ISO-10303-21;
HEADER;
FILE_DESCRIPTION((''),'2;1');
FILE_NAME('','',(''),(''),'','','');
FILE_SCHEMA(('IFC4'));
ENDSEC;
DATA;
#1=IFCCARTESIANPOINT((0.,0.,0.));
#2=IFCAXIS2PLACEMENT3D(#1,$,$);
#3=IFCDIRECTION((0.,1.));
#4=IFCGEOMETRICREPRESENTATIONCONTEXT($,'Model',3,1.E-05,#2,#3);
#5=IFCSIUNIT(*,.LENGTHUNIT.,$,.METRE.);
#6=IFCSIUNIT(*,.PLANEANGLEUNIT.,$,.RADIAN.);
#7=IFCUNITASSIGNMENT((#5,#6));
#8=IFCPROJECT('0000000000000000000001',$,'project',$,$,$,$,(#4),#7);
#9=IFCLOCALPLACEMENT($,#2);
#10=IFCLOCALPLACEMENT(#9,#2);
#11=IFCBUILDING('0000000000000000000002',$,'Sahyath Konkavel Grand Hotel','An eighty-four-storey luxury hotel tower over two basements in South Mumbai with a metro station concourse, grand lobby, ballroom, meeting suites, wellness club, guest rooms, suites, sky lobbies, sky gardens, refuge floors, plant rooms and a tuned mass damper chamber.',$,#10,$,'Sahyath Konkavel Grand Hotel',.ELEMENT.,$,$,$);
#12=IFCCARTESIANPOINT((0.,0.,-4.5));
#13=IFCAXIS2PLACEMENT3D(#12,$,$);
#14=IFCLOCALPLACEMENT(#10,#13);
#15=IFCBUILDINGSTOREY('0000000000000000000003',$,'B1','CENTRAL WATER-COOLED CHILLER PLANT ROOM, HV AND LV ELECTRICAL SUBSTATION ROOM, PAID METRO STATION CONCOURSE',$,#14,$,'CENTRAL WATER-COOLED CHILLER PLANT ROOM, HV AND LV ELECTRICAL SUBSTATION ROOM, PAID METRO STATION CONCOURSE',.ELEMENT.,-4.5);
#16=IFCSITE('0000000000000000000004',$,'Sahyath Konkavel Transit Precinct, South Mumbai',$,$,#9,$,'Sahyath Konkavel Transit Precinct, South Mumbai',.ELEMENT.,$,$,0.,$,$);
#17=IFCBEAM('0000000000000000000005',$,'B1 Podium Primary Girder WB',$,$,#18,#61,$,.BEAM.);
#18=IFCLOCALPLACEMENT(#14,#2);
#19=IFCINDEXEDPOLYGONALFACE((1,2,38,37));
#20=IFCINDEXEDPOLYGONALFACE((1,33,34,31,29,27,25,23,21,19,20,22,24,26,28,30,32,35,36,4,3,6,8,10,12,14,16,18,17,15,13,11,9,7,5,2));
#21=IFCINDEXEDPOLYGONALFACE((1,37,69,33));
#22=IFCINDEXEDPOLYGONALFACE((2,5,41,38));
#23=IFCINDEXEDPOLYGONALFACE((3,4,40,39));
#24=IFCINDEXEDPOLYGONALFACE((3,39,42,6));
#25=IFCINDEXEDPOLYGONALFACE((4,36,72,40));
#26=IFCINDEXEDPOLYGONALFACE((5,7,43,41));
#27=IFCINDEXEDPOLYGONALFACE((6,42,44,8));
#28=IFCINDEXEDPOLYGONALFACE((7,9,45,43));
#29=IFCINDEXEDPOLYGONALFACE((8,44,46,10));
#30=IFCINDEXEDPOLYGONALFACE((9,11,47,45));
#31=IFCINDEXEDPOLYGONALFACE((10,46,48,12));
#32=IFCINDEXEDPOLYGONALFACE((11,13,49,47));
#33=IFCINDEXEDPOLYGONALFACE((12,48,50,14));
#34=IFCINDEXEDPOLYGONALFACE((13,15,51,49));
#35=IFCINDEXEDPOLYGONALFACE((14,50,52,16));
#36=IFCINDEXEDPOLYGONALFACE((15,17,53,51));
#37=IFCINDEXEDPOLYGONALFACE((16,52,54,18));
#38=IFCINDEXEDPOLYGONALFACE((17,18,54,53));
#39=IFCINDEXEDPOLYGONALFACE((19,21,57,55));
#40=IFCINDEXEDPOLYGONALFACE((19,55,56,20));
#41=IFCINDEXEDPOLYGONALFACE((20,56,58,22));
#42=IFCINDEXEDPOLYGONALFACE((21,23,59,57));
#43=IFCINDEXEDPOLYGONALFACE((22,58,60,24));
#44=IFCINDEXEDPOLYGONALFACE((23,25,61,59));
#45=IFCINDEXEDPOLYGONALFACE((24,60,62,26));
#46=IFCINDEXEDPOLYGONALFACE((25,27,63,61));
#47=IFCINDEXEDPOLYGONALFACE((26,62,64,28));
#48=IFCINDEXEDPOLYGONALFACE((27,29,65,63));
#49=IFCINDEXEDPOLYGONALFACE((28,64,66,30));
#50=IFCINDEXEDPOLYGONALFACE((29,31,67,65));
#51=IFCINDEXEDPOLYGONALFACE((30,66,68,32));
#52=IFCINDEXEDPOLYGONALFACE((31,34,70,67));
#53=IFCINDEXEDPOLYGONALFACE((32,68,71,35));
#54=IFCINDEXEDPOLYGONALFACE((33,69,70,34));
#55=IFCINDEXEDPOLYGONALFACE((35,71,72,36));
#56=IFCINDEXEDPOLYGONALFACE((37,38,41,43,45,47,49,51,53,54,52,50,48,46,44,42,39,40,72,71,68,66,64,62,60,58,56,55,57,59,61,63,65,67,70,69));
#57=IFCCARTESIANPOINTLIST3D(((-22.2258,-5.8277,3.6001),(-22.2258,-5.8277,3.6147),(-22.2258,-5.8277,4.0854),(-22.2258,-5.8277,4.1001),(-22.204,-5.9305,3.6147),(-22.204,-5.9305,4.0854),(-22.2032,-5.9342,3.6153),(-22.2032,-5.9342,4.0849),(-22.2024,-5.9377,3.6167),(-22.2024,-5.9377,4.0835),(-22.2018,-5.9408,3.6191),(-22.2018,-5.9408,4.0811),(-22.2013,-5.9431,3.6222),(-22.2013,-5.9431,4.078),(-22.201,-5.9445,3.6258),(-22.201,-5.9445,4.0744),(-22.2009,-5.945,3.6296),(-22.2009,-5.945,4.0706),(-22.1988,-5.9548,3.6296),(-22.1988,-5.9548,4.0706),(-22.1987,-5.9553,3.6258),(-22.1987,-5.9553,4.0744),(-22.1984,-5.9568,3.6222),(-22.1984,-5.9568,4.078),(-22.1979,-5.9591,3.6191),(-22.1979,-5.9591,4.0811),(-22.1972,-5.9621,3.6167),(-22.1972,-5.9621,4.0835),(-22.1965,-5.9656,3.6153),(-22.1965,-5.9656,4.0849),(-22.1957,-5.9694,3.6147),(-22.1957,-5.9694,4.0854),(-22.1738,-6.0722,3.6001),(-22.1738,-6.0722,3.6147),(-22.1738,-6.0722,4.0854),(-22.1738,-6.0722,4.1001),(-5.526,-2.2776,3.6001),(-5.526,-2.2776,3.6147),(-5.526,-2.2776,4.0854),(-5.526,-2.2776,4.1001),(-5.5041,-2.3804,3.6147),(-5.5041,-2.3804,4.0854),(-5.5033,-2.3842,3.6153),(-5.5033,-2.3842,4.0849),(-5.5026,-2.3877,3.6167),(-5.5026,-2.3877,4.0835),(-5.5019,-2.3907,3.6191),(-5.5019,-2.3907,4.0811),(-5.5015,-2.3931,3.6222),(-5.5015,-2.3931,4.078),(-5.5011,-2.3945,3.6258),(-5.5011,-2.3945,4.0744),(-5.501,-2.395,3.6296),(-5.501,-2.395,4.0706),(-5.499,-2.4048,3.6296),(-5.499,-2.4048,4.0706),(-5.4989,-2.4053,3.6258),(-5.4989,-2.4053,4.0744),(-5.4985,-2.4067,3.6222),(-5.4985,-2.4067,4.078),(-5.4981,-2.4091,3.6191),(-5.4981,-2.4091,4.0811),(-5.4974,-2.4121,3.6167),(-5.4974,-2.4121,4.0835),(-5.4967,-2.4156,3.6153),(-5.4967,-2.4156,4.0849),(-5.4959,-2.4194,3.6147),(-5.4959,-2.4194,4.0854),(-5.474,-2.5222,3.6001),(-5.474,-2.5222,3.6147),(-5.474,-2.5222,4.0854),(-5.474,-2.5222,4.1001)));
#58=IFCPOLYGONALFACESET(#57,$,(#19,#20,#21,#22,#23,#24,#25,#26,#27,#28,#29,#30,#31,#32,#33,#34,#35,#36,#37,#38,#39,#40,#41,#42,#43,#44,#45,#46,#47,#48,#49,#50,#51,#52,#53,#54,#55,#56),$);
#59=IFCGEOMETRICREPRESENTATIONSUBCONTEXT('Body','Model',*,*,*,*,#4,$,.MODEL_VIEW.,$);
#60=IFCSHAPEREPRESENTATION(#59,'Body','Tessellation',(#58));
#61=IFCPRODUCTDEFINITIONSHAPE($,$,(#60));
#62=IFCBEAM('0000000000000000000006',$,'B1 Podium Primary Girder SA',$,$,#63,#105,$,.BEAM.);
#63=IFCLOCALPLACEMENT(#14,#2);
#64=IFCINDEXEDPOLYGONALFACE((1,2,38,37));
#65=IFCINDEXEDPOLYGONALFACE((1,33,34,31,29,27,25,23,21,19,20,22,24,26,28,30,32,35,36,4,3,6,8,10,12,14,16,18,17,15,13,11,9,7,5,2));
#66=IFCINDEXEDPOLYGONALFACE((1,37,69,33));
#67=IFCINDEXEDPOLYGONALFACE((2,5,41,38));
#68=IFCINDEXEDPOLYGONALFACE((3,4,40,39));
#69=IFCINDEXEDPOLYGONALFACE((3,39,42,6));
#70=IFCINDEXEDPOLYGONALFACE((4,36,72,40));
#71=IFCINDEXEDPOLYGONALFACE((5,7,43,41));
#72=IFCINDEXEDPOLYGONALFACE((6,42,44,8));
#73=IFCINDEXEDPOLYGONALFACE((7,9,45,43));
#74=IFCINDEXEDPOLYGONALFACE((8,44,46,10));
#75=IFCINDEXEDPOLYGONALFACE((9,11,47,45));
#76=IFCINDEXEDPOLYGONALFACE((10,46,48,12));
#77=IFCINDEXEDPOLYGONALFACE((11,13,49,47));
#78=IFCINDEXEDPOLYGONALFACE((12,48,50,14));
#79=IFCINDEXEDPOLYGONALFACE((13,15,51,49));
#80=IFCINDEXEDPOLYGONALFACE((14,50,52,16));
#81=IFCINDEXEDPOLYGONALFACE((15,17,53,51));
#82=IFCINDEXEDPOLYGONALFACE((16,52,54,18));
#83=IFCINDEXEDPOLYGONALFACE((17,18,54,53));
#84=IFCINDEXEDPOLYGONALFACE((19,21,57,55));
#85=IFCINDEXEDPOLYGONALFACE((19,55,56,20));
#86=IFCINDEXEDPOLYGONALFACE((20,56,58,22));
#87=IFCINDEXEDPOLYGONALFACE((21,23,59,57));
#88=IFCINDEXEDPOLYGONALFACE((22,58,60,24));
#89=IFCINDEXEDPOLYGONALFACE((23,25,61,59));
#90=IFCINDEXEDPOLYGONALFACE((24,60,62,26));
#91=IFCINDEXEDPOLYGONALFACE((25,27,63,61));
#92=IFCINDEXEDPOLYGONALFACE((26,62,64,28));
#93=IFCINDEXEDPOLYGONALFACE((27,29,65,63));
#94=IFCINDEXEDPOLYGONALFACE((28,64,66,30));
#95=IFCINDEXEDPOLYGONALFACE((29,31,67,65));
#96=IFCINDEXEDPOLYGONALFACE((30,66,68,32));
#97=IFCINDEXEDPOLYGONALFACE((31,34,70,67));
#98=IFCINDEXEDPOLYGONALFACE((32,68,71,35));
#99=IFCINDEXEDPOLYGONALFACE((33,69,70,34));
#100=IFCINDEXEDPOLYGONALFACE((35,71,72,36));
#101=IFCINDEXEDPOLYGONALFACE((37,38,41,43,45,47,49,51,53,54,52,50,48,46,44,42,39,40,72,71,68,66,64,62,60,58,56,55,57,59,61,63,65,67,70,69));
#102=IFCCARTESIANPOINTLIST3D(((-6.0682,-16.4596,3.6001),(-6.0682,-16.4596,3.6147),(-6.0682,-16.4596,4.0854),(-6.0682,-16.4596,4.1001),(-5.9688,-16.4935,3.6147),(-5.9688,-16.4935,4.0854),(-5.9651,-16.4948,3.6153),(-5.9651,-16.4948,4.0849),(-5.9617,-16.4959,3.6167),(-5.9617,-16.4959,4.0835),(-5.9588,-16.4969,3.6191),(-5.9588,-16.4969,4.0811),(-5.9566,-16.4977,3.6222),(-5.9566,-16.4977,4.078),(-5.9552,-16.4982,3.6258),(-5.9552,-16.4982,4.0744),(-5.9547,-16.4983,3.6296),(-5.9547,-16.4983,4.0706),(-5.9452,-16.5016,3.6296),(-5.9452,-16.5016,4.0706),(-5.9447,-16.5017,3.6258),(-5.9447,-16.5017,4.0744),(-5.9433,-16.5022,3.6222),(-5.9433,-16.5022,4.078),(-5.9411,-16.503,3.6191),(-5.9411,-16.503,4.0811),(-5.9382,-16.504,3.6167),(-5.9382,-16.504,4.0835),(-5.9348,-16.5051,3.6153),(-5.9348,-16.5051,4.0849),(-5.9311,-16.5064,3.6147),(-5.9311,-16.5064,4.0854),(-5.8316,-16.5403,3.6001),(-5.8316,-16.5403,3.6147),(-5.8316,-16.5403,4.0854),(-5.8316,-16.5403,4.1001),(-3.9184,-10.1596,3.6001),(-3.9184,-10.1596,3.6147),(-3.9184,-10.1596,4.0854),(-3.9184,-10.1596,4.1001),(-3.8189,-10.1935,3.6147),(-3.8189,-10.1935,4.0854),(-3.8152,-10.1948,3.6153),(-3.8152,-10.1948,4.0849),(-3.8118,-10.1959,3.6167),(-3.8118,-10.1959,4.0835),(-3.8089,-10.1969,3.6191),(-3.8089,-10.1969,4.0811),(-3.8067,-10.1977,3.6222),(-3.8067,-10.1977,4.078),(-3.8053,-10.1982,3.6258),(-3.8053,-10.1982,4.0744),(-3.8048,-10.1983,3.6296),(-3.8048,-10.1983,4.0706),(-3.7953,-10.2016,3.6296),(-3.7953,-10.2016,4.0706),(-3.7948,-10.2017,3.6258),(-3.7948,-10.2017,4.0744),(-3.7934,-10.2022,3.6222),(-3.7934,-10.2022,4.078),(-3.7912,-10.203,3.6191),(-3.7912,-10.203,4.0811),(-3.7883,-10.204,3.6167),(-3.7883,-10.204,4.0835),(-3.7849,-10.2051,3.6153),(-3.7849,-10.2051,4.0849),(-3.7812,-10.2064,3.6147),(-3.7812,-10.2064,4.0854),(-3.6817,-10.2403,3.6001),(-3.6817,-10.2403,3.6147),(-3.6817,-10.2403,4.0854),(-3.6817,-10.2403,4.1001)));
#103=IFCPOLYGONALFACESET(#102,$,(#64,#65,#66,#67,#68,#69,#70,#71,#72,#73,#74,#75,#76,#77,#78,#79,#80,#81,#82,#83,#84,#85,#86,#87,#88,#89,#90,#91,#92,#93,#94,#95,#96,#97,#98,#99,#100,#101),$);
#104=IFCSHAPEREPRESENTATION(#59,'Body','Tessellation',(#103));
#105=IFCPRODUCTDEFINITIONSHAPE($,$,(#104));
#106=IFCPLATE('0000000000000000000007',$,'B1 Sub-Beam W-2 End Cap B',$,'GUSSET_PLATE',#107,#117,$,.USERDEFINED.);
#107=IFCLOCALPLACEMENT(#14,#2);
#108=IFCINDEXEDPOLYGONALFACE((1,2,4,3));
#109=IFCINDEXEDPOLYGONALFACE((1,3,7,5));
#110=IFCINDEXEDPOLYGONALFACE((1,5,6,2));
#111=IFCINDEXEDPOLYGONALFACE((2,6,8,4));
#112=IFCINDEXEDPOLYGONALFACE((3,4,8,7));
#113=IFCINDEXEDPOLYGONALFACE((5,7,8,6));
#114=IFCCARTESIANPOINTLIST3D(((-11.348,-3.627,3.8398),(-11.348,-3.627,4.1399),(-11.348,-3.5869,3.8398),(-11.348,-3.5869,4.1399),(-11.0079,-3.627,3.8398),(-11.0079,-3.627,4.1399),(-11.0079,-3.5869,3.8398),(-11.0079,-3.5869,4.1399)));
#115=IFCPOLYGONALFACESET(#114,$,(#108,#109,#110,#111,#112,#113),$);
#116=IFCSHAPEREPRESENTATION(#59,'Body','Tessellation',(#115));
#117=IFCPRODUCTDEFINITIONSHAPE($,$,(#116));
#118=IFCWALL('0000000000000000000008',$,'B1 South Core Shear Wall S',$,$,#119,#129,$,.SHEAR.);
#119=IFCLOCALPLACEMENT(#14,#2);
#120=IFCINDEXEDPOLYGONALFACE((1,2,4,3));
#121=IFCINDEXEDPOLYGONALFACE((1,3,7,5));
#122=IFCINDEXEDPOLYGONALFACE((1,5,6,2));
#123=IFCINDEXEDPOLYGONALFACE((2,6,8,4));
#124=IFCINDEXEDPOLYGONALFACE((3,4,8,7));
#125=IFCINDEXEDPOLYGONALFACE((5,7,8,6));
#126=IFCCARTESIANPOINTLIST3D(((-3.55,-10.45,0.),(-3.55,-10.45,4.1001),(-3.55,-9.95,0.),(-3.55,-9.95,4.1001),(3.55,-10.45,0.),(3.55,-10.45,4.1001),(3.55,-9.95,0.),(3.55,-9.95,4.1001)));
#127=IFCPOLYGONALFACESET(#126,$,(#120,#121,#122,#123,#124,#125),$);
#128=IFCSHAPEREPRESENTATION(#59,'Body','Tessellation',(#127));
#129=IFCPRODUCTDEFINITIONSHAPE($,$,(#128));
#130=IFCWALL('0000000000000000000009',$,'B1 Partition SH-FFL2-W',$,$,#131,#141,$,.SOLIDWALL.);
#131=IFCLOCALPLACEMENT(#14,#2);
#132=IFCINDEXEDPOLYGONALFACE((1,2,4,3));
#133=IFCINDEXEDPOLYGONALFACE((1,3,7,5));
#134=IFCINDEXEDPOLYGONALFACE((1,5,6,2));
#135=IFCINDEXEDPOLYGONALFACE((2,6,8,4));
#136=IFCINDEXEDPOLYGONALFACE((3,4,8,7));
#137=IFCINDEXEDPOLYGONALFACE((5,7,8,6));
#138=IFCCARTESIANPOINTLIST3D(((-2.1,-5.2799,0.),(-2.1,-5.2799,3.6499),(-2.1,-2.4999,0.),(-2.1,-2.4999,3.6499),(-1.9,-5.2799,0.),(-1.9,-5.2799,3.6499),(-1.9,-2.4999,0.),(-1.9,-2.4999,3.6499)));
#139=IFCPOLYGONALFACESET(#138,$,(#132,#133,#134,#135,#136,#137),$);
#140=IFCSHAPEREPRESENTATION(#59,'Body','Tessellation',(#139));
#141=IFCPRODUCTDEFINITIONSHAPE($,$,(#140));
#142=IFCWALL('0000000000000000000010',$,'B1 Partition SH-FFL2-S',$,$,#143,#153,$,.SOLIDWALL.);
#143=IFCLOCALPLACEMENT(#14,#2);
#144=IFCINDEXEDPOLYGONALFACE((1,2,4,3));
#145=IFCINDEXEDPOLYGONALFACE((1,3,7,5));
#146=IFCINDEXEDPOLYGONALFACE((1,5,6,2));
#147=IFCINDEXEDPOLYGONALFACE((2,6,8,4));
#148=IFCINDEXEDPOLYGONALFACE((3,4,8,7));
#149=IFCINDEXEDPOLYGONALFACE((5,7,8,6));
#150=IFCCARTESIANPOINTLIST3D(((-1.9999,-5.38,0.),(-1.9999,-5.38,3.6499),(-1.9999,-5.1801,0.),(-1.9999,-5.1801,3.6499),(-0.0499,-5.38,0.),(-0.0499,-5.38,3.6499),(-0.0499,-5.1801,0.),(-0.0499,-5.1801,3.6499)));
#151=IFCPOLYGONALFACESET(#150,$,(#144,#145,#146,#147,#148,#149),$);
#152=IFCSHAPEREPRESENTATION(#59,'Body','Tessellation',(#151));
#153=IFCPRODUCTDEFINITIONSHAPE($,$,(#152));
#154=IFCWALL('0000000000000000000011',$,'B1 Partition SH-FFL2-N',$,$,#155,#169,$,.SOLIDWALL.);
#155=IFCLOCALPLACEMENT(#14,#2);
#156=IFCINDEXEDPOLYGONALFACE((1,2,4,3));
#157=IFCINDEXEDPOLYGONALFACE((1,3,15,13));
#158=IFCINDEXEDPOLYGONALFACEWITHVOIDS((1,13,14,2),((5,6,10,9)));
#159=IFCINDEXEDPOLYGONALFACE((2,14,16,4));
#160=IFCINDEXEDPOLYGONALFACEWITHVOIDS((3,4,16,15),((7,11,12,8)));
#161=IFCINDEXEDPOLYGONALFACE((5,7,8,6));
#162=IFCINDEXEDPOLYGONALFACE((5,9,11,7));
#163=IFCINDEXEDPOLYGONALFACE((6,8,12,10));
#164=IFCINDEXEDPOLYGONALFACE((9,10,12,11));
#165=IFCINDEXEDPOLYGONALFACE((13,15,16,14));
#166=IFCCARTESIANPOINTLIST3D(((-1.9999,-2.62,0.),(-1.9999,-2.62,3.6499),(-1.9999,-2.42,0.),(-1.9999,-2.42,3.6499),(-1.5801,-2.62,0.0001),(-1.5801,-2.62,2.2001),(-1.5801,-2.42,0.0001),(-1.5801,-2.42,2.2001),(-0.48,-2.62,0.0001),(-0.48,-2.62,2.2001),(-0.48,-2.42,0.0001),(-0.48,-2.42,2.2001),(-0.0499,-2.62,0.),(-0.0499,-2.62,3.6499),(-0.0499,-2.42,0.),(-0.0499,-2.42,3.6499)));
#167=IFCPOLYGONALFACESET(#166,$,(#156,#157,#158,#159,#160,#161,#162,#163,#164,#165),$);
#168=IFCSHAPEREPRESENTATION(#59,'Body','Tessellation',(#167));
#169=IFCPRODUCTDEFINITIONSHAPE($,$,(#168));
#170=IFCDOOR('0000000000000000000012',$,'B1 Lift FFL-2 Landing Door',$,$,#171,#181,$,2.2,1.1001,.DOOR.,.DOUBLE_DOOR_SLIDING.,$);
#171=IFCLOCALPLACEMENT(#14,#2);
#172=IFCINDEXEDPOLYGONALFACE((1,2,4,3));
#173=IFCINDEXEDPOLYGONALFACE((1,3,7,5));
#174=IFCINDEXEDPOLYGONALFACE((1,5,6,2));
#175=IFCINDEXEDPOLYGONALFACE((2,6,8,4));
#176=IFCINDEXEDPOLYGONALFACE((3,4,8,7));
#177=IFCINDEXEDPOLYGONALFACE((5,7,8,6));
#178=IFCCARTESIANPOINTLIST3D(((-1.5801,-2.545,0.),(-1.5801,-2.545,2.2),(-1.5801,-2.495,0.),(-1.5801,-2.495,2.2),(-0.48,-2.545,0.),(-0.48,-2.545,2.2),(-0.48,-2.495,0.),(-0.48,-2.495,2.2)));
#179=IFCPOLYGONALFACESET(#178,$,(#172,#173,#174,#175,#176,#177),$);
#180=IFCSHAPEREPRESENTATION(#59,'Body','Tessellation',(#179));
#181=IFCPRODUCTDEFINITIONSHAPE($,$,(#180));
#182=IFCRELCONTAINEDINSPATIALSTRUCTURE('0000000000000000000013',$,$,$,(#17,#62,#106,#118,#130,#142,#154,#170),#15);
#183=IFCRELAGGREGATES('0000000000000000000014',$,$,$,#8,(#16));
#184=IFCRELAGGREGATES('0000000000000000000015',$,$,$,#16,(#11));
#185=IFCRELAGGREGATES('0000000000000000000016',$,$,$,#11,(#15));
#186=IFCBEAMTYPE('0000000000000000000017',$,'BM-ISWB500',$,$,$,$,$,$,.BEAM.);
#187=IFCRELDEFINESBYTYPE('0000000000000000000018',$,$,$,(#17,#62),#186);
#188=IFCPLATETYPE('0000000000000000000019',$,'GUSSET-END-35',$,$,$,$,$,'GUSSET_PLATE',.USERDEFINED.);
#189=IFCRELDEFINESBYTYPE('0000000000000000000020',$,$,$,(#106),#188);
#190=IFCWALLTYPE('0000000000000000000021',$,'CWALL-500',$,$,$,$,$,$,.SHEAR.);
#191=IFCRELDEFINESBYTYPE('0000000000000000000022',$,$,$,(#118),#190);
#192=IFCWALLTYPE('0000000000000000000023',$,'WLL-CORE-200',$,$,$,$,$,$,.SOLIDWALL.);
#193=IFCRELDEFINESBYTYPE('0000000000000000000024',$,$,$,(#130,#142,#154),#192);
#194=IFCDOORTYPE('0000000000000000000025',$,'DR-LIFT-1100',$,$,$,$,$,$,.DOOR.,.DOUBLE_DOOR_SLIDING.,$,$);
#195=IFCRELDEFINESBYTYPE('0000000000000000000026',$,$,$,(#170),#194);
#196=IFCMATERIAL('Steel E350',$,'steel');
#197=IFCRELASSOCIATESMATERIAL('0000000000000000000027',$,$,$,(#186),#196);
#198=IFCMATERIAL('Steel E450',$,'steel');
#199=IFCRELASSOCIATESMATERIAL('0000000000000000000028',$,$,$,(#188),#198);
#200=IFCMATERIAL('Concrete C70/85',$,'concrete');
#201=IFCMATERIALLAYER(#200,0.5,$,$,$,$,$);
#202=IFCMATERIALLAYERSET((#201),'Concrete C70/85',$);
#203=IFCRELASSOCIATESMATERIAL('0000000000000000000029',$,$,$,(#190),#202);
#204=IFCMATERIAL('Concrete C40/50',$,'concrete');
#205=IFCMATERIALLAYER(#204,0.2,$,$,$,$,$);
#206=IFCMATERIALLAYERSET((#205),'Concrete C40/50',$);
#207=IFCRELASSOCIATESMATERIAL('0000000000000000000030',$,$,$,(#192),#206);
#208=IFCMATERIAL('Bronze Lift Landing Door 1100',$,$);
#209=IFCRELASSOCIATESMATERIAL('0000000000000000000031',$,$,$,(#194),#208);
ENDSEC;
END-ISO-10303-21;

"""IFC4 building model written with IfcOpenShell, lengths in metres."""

from ifc_helpers import new_model, si_unit, direction, frame, frame_2d, origin, origin_2d, place, context, subcontext, project, spatial, rectangle, i_section, extrude, source, transform, mapped, material, layer, layer_set, material_profile, profile_set, type_object, element, fill, save


model = new_model("IFC4")

# Units and contexts
model_context = context("Model", 3, precision=1e-05, world=origin(), true_north=direction((0.0, 1.0)))
body_context = subcontext(model_context, "Body", "Model", "MODEL_VIEW")
ifc_project = project(units=[si_unit("LENGTHUNIT", "METRE"), si_unit("PLANEANGLEUNIT", "RADIAN")], contexts=[model_context])

# Site, building, storey
site_placement = place(None, origin())
site = spatial("IfcSite", under=ifc_project, at=site_placement, Name="Sahyath Konkavel Transit Precinct, South Mumbai", LongName="Sahyath Konkavel Transit Precinct, South Mumbai", CompositionType="ELEMENT", RefElevation=0.0)
building_placement = place(site_placement, origin())
building = spatial("IfcBuilding", under=site, at=building_placement, Name="Sahyath Konkavel Grand Hotel", Description="An eighty-four-storey luxury hotel tower over two basements in South Mumbai with a metro station concourse, grand lobby, ballroom, meeting suites, wellness club, guest rooms, suites, sky lobbies, sky gardens, refuge floors, plant rooms and a tuned mass damper chamber.", LongName="Sahyath Konkavel Grand Hotel", CompositionType="ELEMENT")
storey_placement = place(building_placement, frame((0.0, 0.0, -4.5)))
storey = spatial("IfcBuildingStorey", under=building, at=storey_placement, Name="B1", Description="CENTRAL WATER-COOLED CHILLER PLANT ROOM, HV AND LV ELECTRICAL SUBSTATION ROOM, PAID METRO STATION CONCOURSE", LongName="CENTRAL WATER-COOLED CHILLER PLANT ROOM, HV AND LV ELECTRICAL SUBSTATION ROOM, PAID METRO STATION CONCOURSE", CompositionType="ELEMENT", Elevation=-4.5)

# Shared definitions
ifc_material_1 = material(Name="Concrete C70/85", Category="concrete")

# Beams
ifc_material_2 = material(Name="Steel E350", Category="steel")
ifc_material_profile_1 = material_profile(ifc_material_2, i_section(OverallWidth=0.25, OverallDepth=0.5, WebThickness=0.01, FlangeThickness=0.0146, FilletRadius=0.0149, at=origin_2d()), Name="ISWB 500")
ifc_profile_set_1 = profile_set([ifc_material_profile_1], Name="Steel E350")
beam_type_1 = type_object("IfcBeamType", Name="BM-ISWB500", PredefinedType="BEAM", material=ifc_profile_set_1)
shared_shape_1 = source(origin(), body_context, "Body", "SweptSolid", [
    extrude(i_section(OverallWidth=0.25, OverallDepth=0.5, WebThickness=0.01, FlangeThickness=0.0146, FilletRadius=0.0149, at=origin_2d()), origin(), (0.0, 0.0, 1.0), 17.073),
])
beam_1_placement = place(storey_placement, frame((-5.5, -2.3999, 3.8501), z_axis=(-0.978143, -0.207932, 0.0), x_axis=(0.207932, -0.978143, 0.0)))
element("IfcBeam", 1, at=beam_1_placement, inside=storey, type_object=beam_type_1, Name="B1 Podium Primary Girder WB", PredefinedType="BEAM", context=body_context, shape_type="MappedRepresentation", body=[
    mapped(shared_shape_1, transform((0.0, 0.0, 0.0), scale=1.0)),
])
shared_shape_2 = source(origin(), body_context, "Body", "SweptSolid", [
    extrude(i_section(OverallWidth=0.25, OverallDepth=0.5, WebThickness=0.01, FlangeThickness=0.0146, FilletRadius=0.0149, at=origin_2d()), origin(), (0.0, 0.0, 1.0), 6.6567),
])
beam_2_placement = place(storey_placement, frame((-3.8, -10.2, 3.8501), z_axis=(-0.322964, -0.946411, 0.0), x_axis=(0.946411, -0.322964, 0.0)))
element("IfcBeam", 2, at=beam_2_placement, inside=storey, type_object=beam_type_1, Name="B1 Podium Primary Girder SA", PredefinedType="BEAM", context=body_context, shape_type="MappedRepresentation", body=[
    mapped(shared_shape_2, transform((0.0, 0.0, 0.0), scale=1.0)),
])

# Plate
ifc_material_3 = material(Name="Steel E450", Category="steel")
plate_type = type_object("IfcPlateType", Name="GUSSET-END-35", ElementType="GUSSET_PLATE", PredefinedType="USERDEFINED", material=ifc_material_3)
shared_shape_3 = source(origin(), body_context, "Body", "SweptSolid", [
    extrude(rectangle(XDim=0.04, YDim=0.3401, at=origin_2d()), origin(), (0.0, 0.0, 1.0), 0.3),
])
plate_placement = place(storey_placement, frame((-11.178, -3.6069, 3.8398), z_axis=(0.0, 0.0, 1.0), x_axis=(0.0, -1.0, 0.0)))
element("IfcPlate", 3, at=plate_placement, inside=storey, type_object=plate_type, Name="B1 Sub-Beam W-2 End Cap B", ObjectType="GUSSET_PLATE", PredefinedType="USERDEFINED", context=body_context, shape_type="MappedRepresentation", body=[
    mapped(shared_shape_3, transform((0.0, 0.0, 0.0), scale=1.0)),
])

# Walls
ifc_layer_1 = layer(ifc_material_1, 0.5)
ifc_layer_set_1 = layer_set([ifc_layer_1], Name="Concrete C70/85")
wall_type_1 = type_object("IfcWallType", Name="CWALL-500", PredefinedType="SHEAR", material=ifc_layer_set_1)
wall_1_placement = place(storey_placement, frame((-3.55, -10.2, 0.0), z_axis=(0.0, 0.0, 1.0), x_axis=(1.0, 0.0, 0.0)))
element("IfcWall", 4, at=wall_1_placement, inside=storey, type_object=wall_type_1, Name="B1 South Core Shear Wall S", PredefinedType="SHEAR", context=body_context, shape_type="SweptSolid", body=[
    extrude(rectangle(XDim=7.1001, YDim=0.5, at=frame_2d((3.55, 0.0))), origin(), (0.0, 0.0, 1.0), 4.1001),
])
ifc_material_4 = material(Name="Concrete C40/50", Category="concrete")
ifc_layer_2 = layer(ifc_material_4, 0.2)
ifc_layer_set_2 = layer_set([ifc_layer_2], Name="Concrete C40/50")
wall_type_2 = type_object("IfcWallType", Name="WLL-CORE-200", PredefinedType="SOLIDWALL", material=ifc_layer_set_2)
wall_2_placement = place(storey_placement, frame((-2.0, -5.28, 0.0), z_axis=(0.0, 0.0, 1.0), x_axis=(0.0, 1.0, 0.0)))
element("IfcWall", 5, at=wall_2_placement, inside=storey, type_object=wall_type_2, Name="B1 Partition SH-FFL2-W", PredefinedType="SOLIDWALL", context=body_context, shape_type="SweptSolid", body=[
    extrude(rectangle(XDim=2.78, YDim=0.2, at=frame_2d((1.3901, 0.0))), origin(), (0.0, 0.0, 1.0), 3.6499),
])
wall_3_placement = place(storey_placement, frame((-2.0, -5.28, 0.0), z_axis=(0.0, 0.0, 1.0), x_axis=(1.0, 0.0, 0.0)))
element("IfcWall", 6, at=wall_3_placement, inside=storey, type_object=wall_type_2, Name="B1 Partition SH-FFL2-S", PredefinedType="SOLIDWALL", context=body_context, shape_type="SweptSolid", body=[
    extrude(rectangle(XDim=1.95, YDim=0.2, at=frame_2d((0.9751, 0.0))), origin(), (0.0, 0.0, 1.0), 3.6499),
])

# Wall, opening, door
wall_4_placement = place(storey_placement, frame((-2.0, -2.52, 0.0), z_axis=(0.0, 0.0, 1.0), x_axis=(1.0, 0.0, 0.0)))
wall_4 = element("IfcWall", 7, at=wall_4_placement, inside=storey, type_object=wall_type_2, Name="B1 Partition SH-FFL2-N", PredefinedType="SOLIDWALL", context=body_context, shape_type="SweptSolid", body=[
    extrude(rectangle(XDim=1.95, YDim=0.2, at=frame_2d((0.9751, 0.0))), origin(), (0.0, 0.0, 1.0), 3.6499),
])
opening_1_placement = place(wall_4_placement, frame((0.4199, 0.0, 0.0)))
opening_1 = element("IfcOpeningElement", 8, at=opening_1_placement, cuts=wall_4, PredefinedType="OPENING", context=body_context, shape_type="SweptSolid", body=[
    extrude(rectangle(XDim=1.1001, YDim=2.2, at=frame_2d((0.55, 1.1001))), frame((0.0, 0.1099, 0.0), z_axis=(0.0, -1.0, 0.0), x_axis=(1.0, 0.0, 0.0)), (0.0, 0.0, 1.0), 0.22),
])
ifc_material_5 = material(Name="Bronze Lift Landing Door 1100")
door_type_1 = type_object("IfcDoorType", Name="DR-LIFT-1100", OperationType="DOUBLE_DOOR_SLIDING", PredefinedType="DOOR", material=ifc_material_5)
shared_shape_4 = source(origin(), body_context, "Body", "SweptSolid", [
    extrude(rectangle(XDim=1.1001, YDim=0.05, at=origin_2d()), origin(), (0.0, 0.0, 1.0), 2.2),
])
door_1_placement = place(opening_1_placement, frame((0.55, 0.0, 0.0)))
door_1 = element("IfcDoor", 9, at=door_1_placement, inside=storey, type_object=door_type_1, Name="B1 Lift FFL-2 Landing Door", OperationType="DOUBLE_DOOR_SLIDING", OverallHeight=2.2, OverallWidth=1.1001, PredefinedType="DOOR", context=body_context, shape_type="MappedRepresentation", body=[
    mapped(shared_shape_4, transform((0.0, 0.0, 0.0), scale=1.0)),
])
fill(opening_1, door_1)

save(model, "model.ifc")
